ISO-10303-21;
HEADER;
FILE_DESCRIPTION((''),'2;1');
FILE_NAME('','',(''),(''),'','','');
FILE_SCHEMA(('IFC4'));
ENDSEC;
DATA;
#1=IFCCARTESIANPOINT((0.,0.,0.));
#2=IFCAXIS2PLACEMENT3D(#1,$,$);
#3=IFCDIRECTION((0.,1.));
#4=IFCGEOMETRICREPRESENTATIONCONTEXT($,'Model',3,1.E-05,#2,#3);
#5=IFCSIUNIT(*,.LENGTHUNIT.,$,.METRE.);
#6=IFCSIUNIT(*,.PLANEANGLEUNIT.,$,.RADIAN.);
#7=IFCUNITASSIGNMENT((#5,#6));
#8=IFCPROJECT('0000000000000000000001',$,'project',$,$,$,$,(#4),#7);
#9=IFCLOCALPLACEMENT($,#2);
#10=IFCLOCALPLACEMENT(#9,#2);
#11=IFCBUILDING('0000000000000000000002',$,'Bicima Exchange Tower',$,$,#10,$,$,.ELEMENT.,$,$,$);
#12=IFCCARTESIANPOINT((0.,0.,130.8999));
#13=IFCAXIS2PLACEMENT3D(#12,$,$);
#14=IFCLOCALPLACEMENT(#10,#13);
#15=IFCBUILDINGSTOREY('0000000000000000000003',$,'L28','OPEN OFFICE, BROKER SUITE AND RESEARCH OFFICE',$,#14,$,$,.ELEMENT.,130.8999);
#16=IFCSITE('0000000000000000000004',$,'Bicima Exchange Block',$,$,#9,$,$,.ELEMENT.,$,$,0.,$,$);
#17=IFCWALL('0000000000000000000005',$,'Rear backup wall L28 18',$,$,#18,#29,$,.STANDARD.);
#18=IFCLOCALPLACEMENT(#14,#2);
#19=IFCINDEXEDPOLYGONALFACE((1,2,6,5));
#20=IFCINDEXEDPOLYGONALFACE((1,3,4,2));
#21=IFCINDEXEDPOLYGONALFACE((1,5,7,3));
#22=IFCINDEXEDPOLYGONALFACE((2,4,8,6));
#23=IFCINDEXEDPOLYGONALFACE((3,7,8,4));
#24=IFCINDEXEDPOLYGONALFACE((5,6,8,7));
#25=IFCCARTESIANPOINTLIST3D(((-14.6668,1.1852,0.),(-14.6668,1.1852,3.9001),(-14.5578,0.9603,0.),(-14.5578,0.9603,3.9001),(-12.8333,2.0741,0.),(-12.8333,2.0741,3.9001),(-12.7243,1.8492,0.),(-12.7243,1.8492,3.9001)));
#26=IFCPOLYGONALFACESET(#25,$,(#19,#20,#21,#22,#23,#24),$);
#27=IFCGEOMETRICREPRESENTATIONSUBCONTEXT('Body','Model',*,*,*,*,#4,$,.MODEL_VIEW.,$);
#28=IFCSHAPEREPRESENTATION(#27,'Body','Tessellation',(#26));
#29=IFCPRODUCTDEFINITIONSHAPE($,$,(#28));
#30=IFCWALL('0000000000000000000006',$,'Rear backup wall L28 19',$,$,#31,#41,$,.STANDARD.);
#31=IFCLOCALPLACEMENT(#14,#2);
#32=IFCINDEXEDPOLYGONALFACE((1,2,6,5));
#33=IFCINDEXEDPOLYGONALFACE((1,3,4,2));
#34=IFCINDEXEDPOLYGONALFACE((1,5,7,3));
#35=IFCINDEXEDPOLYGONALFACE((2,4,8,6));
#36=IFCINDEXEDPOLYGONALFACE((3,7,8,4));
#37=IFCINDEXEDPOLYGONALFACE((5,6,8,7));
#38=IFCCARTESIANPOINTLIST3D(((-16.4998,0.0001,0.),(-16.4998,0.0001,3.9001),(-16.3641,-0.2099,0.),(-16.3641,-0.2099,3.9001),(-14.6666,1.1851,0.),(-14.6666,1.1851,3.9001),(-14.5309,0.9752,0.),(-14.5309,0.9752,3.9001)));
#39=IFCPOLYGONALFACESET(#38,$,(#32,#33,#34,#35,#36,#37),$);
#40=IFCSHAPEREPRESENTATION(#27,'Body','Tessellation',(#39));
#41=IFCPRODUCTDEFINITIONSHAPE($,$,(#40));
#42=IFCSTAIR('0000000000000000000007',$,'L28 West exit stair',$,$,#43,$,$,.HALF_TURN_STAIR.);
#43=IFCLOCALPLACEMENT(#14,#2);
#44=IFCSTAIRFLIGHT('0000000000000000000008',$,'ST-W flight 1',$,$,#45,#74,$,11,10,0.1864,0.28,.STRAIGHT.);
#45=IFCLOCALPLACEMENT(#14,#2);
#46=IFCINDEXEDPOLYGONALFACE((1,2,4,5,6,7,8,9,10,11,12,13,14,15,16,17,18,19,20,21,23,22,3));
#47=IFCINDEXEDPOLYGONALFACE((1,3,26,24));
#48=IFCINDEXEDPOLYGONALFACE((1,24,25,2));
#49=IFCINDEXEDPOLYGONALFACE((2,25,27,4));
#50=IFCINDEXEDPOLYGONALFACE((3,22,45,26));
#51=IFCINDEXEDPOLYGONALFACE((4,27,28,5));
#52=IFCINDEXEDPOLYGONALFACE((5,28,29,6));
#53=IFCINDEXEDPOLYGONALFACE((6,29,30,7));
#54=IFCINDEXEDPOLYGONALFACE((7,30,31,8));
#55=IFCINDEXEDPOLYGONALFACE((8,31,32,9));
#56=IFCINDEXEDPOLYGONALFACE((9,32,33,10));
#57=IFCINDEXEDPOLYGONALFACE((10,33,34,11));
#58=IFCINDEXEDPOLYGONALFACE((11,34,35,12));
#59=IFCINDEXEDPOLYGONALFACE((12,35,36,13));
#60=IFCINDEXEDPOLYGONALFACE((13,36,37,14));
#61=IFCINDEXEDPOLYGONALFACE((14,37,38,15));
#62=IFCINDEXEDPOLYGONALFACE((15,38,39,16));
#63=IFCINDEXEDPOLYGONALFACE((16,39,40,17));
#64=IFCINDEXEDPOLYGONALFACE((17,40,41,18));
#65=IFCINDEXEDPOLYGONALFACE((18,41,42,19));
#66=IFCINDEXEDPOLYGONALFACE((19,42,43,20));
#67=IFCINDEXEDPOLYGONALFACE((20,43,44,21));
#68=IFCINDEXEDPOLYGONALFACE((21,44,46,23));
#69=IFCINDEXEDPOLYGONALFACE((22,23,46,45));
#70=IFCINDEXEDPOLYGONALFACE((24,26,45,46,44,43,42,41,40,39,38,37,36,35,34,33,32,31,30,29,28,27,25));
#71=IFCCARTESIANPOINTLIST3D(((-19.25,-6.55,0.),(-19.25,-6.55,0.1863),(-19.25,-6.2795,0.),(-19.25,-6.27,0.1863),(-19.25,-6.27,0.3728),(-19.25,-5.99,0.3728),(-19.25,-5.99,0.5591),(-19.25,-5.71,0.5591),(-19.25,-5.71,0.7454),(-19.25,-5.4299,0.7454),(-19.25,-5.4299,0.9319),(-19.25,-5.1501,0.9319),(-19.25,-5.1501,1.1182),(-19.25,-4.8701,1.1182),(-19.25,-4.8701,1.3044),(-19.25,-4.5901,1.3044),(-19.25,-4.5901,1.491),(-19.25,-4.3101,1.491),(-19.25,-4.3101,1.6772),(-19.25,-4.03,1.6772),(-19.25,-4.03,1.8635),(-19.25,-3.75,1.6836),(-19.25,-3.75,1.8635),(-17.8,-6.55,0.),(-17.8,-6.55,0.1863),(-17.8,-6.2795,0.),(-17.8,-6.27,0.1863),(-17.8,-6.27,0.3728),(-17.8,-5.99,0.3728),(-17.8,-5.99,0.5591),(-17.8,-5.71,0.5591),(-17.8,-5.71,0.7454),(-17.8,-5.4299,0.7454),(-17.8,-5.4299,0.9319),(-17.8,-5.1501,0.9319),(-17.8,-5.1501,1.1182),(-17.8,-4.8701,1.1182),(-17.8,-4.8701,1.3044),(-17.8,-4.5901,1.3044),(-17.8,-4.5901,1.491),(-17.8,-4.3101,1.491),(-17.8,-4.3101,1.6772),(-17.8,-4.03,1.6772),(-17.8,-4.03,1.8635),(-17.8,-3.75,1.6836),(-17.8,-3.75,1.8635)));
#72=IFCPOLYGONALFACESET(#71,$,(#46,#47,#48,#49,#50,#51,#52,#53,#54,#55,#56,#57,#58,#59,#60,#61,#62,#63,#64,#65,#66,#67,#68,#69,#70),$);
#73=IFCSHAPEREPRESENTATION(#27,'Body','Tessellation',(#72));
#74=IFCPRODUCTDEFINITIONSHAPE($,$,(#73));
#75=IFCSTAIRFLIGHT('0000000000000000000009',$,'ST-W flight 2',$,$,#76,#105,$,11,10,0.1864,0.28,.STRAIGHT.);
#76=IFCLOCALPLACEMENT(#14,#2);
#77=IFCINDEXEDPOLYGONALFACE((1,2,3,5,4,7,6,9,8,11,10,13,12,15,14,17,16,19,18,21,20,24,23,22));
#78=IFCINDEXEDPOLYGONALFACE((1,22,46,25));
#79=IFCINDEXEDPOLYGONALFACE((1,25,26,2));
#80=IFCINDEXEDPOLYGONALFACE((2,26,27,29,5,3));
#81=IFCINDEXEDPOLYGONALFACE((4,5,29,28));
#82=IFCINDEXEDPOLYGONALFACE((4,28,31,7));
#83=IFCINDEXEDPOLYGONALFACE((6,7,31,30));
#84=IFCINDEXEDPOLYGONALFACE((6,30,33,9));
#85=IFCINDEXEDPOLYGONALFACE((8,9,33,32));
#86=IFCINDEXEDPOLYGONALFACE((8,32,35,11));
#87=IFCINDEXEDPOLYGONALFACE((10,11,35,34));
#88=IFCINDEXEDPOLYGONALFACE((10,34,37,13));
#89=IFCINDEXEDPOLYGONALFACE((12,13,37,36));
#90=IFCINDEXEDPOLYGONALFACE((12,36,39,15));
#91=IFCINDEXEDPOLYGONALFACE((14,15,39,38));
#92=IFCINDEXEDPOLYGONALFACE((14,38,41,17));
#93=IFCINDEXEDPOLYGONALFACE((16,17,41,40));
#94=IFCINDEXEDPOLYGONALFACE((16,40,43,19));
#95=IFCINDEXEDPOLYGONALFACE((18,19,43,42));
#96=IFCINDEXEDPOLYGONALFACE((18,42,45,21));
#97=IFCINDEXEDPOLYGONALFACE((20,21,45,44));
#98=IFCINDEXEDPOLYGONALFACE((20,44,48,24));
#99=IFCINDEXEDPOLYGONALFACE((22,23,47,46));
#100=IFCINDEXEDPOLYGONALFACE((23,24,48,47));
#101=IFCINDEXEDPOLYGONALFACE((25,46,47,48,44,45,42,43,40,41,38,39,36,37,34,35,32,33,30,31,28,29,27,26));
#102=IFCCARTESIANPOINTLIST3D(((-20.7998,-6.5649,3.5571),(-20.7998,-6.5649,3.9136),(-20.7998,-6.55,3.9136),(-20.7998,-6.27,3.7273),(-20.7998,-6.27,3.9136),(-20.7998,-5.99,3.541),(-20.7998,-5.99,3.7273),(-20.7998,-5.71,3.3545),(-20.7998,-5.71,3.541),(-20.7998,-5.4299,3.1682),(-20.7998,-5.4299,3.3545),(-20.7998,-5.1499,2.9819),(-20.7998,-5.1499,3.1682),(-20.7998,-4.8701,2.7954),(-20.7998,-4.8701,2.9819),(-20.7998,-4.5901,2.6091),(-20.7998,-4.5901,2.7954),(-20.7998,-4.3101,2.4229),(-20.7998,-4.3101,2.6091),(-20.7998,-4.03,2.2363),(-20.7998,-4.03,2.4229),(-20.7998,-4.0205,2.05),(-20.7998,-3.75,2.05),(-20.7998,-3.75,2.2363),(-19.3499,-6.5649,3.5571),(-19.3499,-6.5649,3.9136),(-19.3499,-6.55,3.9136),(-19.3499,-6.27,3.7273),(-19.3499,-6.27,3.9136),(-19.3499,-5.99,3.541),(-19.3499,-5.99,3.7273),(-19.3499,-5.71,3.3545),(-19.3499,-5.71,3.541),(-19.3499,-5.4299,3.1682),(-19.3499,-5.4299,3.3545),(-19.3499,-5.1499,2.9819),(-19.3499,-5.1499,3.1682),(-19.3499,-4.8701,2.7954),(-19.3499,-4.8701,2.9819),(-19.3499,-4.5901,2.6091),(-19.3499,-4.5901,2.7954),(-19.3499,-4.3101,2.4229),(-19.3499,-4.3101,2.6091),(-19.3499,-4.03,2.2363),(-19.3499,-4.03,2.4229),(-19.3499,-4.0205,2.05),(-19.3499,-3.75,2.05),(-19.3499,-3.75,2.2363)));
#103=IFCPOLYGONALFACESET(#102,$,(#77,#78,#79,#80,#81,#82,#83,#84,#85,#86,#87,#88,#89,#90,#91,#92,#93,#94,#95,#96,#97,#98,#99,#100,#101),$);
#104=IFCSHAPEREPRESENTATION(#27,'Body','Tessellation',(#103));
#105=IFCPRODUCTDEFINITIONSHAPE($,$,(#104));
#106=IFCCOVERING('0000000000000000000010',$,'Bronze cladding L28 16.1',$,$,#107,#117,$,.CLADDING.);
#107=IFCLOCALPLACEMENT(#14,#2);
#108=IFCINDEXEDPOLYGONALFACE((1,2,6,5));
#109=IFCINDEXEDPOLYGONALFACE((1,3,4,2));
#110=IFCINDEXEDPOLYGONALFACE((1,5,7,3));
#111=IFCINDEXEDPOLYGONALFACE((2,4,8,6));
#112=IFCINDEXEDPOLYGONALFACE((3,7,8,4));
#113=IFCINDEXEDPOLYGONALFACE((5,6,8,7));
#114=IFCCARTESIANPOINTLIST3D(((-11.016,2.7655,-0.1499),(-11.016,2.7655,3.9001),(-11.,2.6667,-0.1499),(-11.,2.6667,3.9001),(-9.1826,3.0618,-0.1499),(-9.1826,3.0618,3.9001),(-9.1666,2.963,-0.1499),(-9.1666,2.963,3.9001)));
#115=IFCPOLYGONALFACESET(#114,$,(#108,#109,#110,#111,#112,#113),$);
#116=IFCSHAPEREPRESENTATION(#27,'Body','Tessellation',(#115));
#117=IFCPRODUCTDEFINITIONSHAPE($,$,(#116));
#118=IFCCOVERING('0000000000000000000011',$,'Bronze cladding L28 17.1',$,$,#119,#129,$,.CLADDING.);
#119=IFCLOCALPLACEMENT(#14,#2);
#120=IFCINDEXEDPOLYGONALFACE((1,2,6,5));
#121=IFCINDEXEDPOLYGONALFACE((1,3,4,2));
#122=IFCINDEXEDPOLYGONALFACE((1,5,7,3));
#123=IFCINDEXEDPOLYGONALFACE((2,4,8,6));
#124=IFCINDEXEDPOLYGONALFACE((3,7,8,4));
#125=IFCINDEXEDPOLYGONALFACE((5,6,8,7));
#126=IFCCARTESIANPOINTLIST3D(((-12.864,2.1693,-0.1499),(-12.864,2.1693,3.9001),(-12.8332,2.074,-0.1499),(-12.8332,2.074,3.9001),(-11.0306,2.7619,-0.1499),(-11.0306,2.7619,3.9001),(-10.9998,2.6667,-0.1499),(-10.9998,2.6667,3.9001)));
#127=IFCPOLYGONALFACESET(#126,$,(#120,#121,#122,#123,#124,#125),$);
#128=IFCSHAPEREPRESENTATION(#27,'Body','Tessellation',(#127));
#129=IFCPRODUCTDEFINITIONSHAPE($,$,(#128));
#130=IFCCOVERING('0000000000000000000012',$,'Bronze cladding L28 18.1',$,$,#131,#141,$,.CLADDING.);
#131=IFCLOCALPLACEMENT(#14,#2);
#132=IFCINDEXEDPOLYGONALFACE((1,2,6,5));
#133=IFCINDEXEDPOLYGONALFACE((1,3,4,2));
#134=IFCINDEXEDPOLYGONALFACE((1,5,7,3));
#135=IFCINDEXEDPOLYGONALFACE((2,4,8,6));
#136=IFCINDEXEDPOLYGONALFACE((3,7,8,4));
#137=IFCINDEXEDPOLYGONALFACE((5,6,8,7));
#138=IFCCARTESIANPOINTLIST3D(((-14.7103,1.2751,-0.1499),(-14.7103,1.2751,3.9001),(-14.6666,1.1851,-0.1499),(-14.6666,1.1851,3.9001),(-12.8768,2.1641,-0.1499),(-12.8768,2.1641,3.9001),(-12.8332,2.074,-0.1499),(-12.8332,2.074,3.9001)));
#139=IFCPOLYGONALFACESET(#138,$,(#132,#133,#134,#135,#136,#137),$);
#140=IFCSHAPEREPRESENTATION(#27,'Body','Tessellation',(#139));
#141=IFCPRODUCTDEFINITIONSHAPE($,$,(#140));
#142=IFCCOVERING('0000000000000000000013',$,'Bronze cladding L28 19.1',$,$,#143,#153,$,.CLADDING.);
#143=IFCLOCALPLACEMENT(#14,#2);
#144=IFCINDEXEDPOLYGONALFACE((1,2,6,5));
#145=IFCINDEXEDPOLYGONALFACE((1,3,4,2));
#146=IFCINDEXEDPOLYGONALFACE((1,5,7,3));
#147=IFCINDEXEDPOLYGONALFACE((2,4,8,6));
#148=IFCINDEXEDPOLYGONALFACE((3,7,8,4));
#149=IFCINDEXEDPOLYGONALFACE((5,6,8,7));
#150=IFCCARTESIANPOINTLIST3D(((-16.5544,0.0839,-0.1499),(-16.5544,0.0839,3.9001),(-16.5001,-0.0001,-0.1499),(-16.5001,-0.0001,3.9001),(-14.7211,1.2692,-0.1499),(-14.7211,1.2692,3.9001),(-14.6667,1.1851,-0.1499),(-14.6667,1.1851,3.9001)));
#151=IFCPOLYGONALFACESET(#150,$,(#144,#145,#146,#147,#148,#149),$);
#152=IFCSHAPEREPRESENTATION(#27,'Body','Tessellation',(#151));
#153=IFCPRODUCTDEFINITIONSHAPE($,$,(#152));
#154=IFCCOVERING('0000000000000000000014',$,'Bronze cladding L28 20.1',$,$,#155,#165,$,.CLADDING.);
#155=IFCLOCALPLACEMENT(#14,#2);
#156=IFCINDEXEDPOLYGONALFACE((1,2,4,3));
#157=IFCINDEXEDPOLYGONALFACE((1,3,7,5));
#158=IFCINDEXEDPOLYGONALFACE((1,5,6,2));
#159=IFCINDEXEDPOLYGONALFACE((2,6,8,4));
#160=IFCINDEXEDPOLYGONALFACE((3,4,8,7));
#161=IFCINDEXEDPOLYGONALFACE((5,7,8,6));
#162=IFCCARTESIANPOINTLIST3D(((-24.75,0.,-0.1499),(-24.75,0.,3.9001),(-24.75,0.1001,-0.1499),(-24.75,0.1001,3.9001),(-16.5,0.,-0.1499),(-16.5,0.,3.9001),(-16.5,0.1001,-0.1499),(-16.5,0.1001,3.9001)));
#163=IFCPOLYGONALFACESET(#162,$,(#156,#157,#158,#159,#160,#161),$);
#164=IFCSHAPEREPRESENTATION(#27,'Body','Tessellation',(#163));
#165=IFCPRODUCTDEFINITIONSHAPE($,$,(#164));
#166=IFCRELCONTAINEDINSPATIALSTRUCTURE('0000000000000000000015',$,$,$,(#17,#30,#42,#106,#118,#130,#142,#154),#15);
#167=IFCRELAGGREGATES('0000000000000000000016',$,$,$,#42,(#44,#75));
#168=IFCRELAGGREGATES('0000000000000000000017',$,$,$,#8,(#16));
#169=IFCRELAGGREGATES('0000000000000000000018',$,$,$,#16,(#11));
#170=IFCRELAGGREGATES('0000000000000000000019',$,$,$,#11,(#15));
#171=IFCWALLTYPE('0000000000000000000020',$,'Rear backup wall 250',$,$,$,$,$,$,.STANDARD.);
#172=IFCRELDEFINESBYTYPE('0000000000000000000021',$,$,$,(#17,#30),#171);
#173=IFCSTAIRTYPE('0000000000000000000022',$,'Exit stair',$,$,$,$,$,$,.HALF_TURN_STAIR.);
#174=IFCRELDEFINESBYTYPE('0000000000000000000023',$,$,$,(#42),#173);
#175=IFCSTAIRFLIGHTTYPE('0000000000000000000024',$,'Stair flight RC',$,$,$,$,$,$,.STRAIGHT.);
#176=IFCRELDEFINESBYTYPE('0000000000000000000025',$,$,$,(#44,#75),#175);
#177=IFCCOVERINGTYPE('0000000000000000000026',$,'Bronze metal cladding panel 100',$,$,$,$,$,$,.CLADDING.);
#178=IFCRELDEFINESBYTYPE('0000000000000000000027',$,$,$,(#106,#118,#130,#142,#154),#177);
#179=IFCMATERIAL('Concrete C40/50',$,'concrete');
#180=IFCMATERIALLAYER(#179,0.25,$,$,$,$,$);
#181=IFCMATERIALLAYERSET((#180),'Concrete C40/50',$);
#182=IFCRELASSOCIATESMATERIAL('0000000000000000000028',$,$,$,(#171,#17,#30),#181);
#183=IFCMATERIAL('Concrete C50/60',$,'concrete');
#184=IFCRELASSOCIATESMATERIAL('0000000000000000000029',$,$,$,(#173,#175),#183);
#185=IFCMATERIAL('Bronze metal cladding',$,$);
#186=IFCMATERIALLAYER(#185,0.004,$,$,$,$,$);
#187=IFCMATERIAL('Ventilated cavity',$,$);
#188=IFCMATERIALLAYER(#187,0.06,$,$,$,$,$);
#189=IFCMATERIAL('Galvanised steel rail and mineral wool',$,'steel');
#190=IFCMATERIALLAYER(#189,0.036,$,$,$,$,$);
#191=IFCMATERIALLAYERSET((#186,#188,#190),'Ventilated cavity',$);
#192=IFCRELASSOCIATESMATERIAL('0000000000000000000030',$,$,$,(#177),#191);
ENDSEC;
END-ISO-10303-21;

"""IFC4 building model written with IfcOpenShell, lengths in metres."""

from ifc_helpers import new_model, si_unit, direction, frame, frame_2d, origin, origin_2d, place, context, subcontext, project, spatial, polyline, rectangle, outline, extrude, material, layer, layer_set, layer_usage, type_object, element, aggregate, save


model = new_model("IFC4")

# Units and contexts
model_context = context("Model", 3, precision=1e-05, world=origin(), true_north=direction((0.0, 1.0)))
body_context = subcontext(model_context, "Body", "Model", "MODEL_VIEW")
ifc_project = project(units=[si_unit("LENGTHUNIT", "METRE"), si_unit("PLANEANGLEUNIT", "RADIAN")], contexts=[model_context])

# Site, building, storey
site_placement = place(None, origin())
site = spatial("IfcSite", under=ifc_project, at=site_placement, Name="Bicima Exchange Block", CompositionType="ELEMENT", RefElevation=0.0)
building_placement = place(site_placement, origin())
building = spatial("IfcBuilding", under=site, at=building_placement, Name="Bicima Exchange Tower", CompositionType="ELEMENT")
storey_placement = place(building_placement, frame((0.0, 0.0, 130.8999)))
storey = spatial("IfcBuildingStorey", under=building, at=storey_placement, Name="L28", Description="OPEN OFFICE, BROKER SUITE AND RESEARCH OFFICE", CompositionType="ELEMENT", Elevation=130.8999)

# Shared definitions
ifc_material_1 = material(Name="Concrete C50/60", Category="concrete")

# Walls
ifc_material_2 = material(Name="Concrete C40/50", Category="concrete")
ifc_layer_1 = layer(ifc_material_2, 0.25)
ifc_layer_set_1 = layer_set([ifc_layer_1], Name="Concrete C40/50")
ifc_layer_usage = layer_usage(ifc_layer_set_1, "AXIS2", "POSITIVE", -0.125)
wall_type_1 = type_object("IfcWallType", Name="Rear backup wall 250", PredefinedType="STANDARD", material=ifc_layer_set_1)
wall_1_placement = place(storey_placement, frame((-12.7788, 1.9617, 0.0), z_axis=(0.0, 0.0, 1.0), x_axis=(-0.899824, -0.436253, 0.0)))
element("IfcWall", 1, at=wall_1_placement, inside=storey, type_object=wall_type_1, material=ifc_layer_usage, Name="Rear backup wall L28 18", PredefinedType="STANDARD", context=body_context, shape_type="SweptSolid", body=[
    extrude(rectangle(XDim=2.0376, YDim=0.25, at=frame_2d((1.0188, 0.0))), origin(), (0.0, 0.0, 1.0), 3.9001),
])
wall_2_placement = place(storey_placement, frame((-14.5989, 1.0801, 0.0), z_axis=(0.0, 0.0, 1.0), x_axis=(-0.839813, -0.542876, 0.0)))
element("IfcWall", 2, at=wall_2_placement, inside=storey, type_object=wall_type_1, material=ifc_layer_usage, Name="Rear backup wall L28 19", PredefinedType="STANDARD", context=body_context, shape_type="SweptSolid", body=[
    extrude(rectangle(XDim=2.1829, YDim=0.25, at=frame_2d((1.0913, 0.0))), origin(), (0.0, 0.0, 1.0), 3.9001),
])

# Stair, stair flights
stair_type = type_object("IfcStairType", Name="Exit stair", PredefinedType="HALF_TURN_STAIR", material=ifc_material_1)
stair_placement = place(storey_placement, origin())
stair = element("IfcStair", 3, at=stair_placement, inside=storey, type_object=stair_type, Name="L28 West exit stair", PredefinedType="HALF_TURN_STAIR")
stair_flight_type = type_object("IfcStairFlightType", Name="Stair flight RC", PredefinedType="STRAIGHT", material=ifc_material_1)
stair_flight_1_placement = place(storey_placement, frame((-18.5249, -6.55, 0.0), z_axis=(0.0, 0.0, 1.0), x_axis=(0.0, 1.0, 0.0)))
stair_flight_1 = element("IfcStairFlight", 4, at=stair_flight_1_placement, type_object=stair_flight_type, Name="ST-W flight 1", NumberOfRisers=11, NumberOfTreads=10, PredefinedType="STRAIGHT", RiserHeight=0.1864, TreadLength=0.28, context=body_context, shape_type="SweptSolid", body=[
    extrude(outline(polyline([(0.0, 0.0), (0.0, 0.1863), (0.28, 0.1863), (0.28, 0.3728), (0.5601, 0.3728), (0.5601, 0.5591), (0.8401, 0.5591), (0.8401, 0.7454), (1.1201, 0.7454), (1.1201, 0.9319), (1.3999, 0.9319), (1.3999, 1.1182), (1.6799, 1.1182), (1.6799, 1.3044), (1.96, 1.3044), (1.96, 1.491), (2.24, 1.491), (2.24, 1.6772), (2.52, 1.6772), (2.52, 1.8635), (2.8, 1.8635), (2.8, 2.05), (2.8, 1.6836), (0.2705, 0.0), (0.0, 0.0)])), frame((0.0, 0.7251, 0.0), z_axis=(0.0, -1.0, 0.0), x_axis=(1.0, 0.0, 0.0)), (0.0, 0.0, 1.0), 1.45),
])
stair_flight_2_placement = place(storey_placement, frame((-20.075, -3.75, 2.05), z_axis=(0.0, 0.0, 1.0), x_axis=(0.0, -1.0, 0.0)))
stair_flight_2 = element("IfcStairFlight", 5, at=stair_flight_2_placement, type_object=stair_flight_type, Name="ST-W flight 2", NumberOfRisers=11, NumberOfTreads=10, PredefinedType="STRAIGHT", RiserHeight=0.1864, TreadLength=0.28, context=body_context, shape_type="SweptSolid", body=[
    extrude(outline(polyline([(0.0, 0.0), (0.0, 0.1863), (0.28, 0.1863), (0.28, 0.3728), (0.5601, 0.3728), (0.5601, 0.5591), (0.8401, 0.5591), (0.8401, 0.7454), (1.1201, 0.7454), (1.1201, 0.9319), (1.3999, 0.9319), (1.3999, 1.1182), (1.6799, 1.1182), (1.6799, 1.3044), (1.96, 1.3044), (1.96, 1.491), (2.24, 1.491), (2.24, 1.6772), (2.52, 1.6772), (2.52, 1.8635), (2.8, 1.8635), (2.8149, 1.8635), (2.8149, 1.5071), (0.2705, 0.0), (0.0, 0.0)])), frame((0.0, 0.7251, 0.0), z_axis=(0.0, -1.0, 0.0), x_axis=(1.0, 0.0, 0.0)), (0.0, 0.0, 1.0), 1.45),
])
aggregate(stair, [stair_flight_1, stair_flight_2])

# Coverings
ifc_material_3 = material(Name="Bronze metal cladding")
ifc_layer_2 = layer(ifc_material_3, 0.004)
ifc_material_4 = material(Name="Ventilated cavity")
ifc_layer_3 = layer(ifc_material_4, 0.06)
ifc_material_5 = material(Name="Galvanised steel rail and mineral wool", Category="steel")
ifc_layer_4 = layer(ifc_material_5, 0.036)
ifc_layer_set_2 = layer_set([ifc_layer_2, ifc_layer_3, ifc_layer_4], Name="Ventilated cavity")
covering_type = type_object("IfcCoveringType", Name="Bronze metal cladding panel 100", PredefinedType="CLADDING", material=ifc_layer_set_2)
covering_1_placement = place(storey_placement, frame((-10.0913, 2.8643, -0.1499), z_axis=(0.0, 0.0, 1.0), x_axis=(-0.98719, -0.15955, 0.0)))
element("IfcCovering", 6, at=covering_1_placement, inside=storey, type_object=covering_type, Name="Bronze cladding L28 16.1", PredefinedType="CLADDING", context=body_context, shape_type="SweptSolid", body=[
    extrude(rectangle(XDim=1.8572, YDim=0.1001, at=origin_2d()), origin(), (0.0, 0.0, 1.0), 4.05),
])
covering_2_placement = place(storey_placement, frame((-11.9319, 2.418, -0.1499), z_axis=(0.0, 0.0, 1.0), x_axis=(-0.951525, -0.307573, 0.0)))
element("IfcCovering", 7, at=covering_2_placement, inside=storey, type_object=covering_type, Name="Bronze cladding L28 17.1", PredefinedType="CLADDING", context=body_context, shape_type="SweptSolid", body=[
    extrude(rectangle(XDim=1.9268, YDim=0.1001, at=origin_2d()), origin(), (0.0, 0.0, 1.0), 4.05),
])
covering_3_placement = place(storey_placement, frame((-13.7717, 1.6746, -0.1499), z_axis=(0.0, 0.0, 1.0), x_axis=(-0.899818, -0.436265, 0.0)))
element("IfcCovering", 8, at=covering_3_placement, inside=storey, type_object=covering_type, Name="Bronze cladding L28 18.1", PredefinedType="CLADDING", context=body_context, shape_type="SweptSolid", body=[
    extrude(rectangle(XDim=2.0376, YDim=0.1001, at=origin_2d()), origin(), (0.0, 0.0, 1.0), 4.05),
])
covering_4_placement = place(storey_placement, frame((-15.6106, 0.6345, -0.1499), z_axis=(0.0, 0.0, 1.0), x_axis=(-0.83979, -0.542911, 0.0)))
element("IfcCovering", 9, at=covering_4_placement, inside=storey, type_object=covering_type, Name="Bronze cladding L28 19.1", PredefinedType="CLADDING", context=body_context, shape_type="SweptSolid", body=[
    extrude(rectangle(XDim=2.1831, YDim=0.1001, at=origin_2d()), origin(), (0.0, 0.0, 1.0), 4.05),
])
covering_5_placement = place(storey_placement, frame((-20.625, 0.05, -0.1499), z_axis=(0.0, 0.0, 1.0), x_axis=(-1.0, 0.0, 0.0)))
element("IfcCovering", 10, at=covering_5_placement, inside=storey, type_object=covering_type, Name="Bronze cladding L28 20.1", PredefinedType="CLADDING", context=body_context, shape_type="SweptSolid", body=[
    extrude(rectangle(XDim=8.25, YDim=0.1001, at=origin_2d()), origin(), (0.0, 0.0, 1.0), 4.05),
])

save(model, "model.ifc")
